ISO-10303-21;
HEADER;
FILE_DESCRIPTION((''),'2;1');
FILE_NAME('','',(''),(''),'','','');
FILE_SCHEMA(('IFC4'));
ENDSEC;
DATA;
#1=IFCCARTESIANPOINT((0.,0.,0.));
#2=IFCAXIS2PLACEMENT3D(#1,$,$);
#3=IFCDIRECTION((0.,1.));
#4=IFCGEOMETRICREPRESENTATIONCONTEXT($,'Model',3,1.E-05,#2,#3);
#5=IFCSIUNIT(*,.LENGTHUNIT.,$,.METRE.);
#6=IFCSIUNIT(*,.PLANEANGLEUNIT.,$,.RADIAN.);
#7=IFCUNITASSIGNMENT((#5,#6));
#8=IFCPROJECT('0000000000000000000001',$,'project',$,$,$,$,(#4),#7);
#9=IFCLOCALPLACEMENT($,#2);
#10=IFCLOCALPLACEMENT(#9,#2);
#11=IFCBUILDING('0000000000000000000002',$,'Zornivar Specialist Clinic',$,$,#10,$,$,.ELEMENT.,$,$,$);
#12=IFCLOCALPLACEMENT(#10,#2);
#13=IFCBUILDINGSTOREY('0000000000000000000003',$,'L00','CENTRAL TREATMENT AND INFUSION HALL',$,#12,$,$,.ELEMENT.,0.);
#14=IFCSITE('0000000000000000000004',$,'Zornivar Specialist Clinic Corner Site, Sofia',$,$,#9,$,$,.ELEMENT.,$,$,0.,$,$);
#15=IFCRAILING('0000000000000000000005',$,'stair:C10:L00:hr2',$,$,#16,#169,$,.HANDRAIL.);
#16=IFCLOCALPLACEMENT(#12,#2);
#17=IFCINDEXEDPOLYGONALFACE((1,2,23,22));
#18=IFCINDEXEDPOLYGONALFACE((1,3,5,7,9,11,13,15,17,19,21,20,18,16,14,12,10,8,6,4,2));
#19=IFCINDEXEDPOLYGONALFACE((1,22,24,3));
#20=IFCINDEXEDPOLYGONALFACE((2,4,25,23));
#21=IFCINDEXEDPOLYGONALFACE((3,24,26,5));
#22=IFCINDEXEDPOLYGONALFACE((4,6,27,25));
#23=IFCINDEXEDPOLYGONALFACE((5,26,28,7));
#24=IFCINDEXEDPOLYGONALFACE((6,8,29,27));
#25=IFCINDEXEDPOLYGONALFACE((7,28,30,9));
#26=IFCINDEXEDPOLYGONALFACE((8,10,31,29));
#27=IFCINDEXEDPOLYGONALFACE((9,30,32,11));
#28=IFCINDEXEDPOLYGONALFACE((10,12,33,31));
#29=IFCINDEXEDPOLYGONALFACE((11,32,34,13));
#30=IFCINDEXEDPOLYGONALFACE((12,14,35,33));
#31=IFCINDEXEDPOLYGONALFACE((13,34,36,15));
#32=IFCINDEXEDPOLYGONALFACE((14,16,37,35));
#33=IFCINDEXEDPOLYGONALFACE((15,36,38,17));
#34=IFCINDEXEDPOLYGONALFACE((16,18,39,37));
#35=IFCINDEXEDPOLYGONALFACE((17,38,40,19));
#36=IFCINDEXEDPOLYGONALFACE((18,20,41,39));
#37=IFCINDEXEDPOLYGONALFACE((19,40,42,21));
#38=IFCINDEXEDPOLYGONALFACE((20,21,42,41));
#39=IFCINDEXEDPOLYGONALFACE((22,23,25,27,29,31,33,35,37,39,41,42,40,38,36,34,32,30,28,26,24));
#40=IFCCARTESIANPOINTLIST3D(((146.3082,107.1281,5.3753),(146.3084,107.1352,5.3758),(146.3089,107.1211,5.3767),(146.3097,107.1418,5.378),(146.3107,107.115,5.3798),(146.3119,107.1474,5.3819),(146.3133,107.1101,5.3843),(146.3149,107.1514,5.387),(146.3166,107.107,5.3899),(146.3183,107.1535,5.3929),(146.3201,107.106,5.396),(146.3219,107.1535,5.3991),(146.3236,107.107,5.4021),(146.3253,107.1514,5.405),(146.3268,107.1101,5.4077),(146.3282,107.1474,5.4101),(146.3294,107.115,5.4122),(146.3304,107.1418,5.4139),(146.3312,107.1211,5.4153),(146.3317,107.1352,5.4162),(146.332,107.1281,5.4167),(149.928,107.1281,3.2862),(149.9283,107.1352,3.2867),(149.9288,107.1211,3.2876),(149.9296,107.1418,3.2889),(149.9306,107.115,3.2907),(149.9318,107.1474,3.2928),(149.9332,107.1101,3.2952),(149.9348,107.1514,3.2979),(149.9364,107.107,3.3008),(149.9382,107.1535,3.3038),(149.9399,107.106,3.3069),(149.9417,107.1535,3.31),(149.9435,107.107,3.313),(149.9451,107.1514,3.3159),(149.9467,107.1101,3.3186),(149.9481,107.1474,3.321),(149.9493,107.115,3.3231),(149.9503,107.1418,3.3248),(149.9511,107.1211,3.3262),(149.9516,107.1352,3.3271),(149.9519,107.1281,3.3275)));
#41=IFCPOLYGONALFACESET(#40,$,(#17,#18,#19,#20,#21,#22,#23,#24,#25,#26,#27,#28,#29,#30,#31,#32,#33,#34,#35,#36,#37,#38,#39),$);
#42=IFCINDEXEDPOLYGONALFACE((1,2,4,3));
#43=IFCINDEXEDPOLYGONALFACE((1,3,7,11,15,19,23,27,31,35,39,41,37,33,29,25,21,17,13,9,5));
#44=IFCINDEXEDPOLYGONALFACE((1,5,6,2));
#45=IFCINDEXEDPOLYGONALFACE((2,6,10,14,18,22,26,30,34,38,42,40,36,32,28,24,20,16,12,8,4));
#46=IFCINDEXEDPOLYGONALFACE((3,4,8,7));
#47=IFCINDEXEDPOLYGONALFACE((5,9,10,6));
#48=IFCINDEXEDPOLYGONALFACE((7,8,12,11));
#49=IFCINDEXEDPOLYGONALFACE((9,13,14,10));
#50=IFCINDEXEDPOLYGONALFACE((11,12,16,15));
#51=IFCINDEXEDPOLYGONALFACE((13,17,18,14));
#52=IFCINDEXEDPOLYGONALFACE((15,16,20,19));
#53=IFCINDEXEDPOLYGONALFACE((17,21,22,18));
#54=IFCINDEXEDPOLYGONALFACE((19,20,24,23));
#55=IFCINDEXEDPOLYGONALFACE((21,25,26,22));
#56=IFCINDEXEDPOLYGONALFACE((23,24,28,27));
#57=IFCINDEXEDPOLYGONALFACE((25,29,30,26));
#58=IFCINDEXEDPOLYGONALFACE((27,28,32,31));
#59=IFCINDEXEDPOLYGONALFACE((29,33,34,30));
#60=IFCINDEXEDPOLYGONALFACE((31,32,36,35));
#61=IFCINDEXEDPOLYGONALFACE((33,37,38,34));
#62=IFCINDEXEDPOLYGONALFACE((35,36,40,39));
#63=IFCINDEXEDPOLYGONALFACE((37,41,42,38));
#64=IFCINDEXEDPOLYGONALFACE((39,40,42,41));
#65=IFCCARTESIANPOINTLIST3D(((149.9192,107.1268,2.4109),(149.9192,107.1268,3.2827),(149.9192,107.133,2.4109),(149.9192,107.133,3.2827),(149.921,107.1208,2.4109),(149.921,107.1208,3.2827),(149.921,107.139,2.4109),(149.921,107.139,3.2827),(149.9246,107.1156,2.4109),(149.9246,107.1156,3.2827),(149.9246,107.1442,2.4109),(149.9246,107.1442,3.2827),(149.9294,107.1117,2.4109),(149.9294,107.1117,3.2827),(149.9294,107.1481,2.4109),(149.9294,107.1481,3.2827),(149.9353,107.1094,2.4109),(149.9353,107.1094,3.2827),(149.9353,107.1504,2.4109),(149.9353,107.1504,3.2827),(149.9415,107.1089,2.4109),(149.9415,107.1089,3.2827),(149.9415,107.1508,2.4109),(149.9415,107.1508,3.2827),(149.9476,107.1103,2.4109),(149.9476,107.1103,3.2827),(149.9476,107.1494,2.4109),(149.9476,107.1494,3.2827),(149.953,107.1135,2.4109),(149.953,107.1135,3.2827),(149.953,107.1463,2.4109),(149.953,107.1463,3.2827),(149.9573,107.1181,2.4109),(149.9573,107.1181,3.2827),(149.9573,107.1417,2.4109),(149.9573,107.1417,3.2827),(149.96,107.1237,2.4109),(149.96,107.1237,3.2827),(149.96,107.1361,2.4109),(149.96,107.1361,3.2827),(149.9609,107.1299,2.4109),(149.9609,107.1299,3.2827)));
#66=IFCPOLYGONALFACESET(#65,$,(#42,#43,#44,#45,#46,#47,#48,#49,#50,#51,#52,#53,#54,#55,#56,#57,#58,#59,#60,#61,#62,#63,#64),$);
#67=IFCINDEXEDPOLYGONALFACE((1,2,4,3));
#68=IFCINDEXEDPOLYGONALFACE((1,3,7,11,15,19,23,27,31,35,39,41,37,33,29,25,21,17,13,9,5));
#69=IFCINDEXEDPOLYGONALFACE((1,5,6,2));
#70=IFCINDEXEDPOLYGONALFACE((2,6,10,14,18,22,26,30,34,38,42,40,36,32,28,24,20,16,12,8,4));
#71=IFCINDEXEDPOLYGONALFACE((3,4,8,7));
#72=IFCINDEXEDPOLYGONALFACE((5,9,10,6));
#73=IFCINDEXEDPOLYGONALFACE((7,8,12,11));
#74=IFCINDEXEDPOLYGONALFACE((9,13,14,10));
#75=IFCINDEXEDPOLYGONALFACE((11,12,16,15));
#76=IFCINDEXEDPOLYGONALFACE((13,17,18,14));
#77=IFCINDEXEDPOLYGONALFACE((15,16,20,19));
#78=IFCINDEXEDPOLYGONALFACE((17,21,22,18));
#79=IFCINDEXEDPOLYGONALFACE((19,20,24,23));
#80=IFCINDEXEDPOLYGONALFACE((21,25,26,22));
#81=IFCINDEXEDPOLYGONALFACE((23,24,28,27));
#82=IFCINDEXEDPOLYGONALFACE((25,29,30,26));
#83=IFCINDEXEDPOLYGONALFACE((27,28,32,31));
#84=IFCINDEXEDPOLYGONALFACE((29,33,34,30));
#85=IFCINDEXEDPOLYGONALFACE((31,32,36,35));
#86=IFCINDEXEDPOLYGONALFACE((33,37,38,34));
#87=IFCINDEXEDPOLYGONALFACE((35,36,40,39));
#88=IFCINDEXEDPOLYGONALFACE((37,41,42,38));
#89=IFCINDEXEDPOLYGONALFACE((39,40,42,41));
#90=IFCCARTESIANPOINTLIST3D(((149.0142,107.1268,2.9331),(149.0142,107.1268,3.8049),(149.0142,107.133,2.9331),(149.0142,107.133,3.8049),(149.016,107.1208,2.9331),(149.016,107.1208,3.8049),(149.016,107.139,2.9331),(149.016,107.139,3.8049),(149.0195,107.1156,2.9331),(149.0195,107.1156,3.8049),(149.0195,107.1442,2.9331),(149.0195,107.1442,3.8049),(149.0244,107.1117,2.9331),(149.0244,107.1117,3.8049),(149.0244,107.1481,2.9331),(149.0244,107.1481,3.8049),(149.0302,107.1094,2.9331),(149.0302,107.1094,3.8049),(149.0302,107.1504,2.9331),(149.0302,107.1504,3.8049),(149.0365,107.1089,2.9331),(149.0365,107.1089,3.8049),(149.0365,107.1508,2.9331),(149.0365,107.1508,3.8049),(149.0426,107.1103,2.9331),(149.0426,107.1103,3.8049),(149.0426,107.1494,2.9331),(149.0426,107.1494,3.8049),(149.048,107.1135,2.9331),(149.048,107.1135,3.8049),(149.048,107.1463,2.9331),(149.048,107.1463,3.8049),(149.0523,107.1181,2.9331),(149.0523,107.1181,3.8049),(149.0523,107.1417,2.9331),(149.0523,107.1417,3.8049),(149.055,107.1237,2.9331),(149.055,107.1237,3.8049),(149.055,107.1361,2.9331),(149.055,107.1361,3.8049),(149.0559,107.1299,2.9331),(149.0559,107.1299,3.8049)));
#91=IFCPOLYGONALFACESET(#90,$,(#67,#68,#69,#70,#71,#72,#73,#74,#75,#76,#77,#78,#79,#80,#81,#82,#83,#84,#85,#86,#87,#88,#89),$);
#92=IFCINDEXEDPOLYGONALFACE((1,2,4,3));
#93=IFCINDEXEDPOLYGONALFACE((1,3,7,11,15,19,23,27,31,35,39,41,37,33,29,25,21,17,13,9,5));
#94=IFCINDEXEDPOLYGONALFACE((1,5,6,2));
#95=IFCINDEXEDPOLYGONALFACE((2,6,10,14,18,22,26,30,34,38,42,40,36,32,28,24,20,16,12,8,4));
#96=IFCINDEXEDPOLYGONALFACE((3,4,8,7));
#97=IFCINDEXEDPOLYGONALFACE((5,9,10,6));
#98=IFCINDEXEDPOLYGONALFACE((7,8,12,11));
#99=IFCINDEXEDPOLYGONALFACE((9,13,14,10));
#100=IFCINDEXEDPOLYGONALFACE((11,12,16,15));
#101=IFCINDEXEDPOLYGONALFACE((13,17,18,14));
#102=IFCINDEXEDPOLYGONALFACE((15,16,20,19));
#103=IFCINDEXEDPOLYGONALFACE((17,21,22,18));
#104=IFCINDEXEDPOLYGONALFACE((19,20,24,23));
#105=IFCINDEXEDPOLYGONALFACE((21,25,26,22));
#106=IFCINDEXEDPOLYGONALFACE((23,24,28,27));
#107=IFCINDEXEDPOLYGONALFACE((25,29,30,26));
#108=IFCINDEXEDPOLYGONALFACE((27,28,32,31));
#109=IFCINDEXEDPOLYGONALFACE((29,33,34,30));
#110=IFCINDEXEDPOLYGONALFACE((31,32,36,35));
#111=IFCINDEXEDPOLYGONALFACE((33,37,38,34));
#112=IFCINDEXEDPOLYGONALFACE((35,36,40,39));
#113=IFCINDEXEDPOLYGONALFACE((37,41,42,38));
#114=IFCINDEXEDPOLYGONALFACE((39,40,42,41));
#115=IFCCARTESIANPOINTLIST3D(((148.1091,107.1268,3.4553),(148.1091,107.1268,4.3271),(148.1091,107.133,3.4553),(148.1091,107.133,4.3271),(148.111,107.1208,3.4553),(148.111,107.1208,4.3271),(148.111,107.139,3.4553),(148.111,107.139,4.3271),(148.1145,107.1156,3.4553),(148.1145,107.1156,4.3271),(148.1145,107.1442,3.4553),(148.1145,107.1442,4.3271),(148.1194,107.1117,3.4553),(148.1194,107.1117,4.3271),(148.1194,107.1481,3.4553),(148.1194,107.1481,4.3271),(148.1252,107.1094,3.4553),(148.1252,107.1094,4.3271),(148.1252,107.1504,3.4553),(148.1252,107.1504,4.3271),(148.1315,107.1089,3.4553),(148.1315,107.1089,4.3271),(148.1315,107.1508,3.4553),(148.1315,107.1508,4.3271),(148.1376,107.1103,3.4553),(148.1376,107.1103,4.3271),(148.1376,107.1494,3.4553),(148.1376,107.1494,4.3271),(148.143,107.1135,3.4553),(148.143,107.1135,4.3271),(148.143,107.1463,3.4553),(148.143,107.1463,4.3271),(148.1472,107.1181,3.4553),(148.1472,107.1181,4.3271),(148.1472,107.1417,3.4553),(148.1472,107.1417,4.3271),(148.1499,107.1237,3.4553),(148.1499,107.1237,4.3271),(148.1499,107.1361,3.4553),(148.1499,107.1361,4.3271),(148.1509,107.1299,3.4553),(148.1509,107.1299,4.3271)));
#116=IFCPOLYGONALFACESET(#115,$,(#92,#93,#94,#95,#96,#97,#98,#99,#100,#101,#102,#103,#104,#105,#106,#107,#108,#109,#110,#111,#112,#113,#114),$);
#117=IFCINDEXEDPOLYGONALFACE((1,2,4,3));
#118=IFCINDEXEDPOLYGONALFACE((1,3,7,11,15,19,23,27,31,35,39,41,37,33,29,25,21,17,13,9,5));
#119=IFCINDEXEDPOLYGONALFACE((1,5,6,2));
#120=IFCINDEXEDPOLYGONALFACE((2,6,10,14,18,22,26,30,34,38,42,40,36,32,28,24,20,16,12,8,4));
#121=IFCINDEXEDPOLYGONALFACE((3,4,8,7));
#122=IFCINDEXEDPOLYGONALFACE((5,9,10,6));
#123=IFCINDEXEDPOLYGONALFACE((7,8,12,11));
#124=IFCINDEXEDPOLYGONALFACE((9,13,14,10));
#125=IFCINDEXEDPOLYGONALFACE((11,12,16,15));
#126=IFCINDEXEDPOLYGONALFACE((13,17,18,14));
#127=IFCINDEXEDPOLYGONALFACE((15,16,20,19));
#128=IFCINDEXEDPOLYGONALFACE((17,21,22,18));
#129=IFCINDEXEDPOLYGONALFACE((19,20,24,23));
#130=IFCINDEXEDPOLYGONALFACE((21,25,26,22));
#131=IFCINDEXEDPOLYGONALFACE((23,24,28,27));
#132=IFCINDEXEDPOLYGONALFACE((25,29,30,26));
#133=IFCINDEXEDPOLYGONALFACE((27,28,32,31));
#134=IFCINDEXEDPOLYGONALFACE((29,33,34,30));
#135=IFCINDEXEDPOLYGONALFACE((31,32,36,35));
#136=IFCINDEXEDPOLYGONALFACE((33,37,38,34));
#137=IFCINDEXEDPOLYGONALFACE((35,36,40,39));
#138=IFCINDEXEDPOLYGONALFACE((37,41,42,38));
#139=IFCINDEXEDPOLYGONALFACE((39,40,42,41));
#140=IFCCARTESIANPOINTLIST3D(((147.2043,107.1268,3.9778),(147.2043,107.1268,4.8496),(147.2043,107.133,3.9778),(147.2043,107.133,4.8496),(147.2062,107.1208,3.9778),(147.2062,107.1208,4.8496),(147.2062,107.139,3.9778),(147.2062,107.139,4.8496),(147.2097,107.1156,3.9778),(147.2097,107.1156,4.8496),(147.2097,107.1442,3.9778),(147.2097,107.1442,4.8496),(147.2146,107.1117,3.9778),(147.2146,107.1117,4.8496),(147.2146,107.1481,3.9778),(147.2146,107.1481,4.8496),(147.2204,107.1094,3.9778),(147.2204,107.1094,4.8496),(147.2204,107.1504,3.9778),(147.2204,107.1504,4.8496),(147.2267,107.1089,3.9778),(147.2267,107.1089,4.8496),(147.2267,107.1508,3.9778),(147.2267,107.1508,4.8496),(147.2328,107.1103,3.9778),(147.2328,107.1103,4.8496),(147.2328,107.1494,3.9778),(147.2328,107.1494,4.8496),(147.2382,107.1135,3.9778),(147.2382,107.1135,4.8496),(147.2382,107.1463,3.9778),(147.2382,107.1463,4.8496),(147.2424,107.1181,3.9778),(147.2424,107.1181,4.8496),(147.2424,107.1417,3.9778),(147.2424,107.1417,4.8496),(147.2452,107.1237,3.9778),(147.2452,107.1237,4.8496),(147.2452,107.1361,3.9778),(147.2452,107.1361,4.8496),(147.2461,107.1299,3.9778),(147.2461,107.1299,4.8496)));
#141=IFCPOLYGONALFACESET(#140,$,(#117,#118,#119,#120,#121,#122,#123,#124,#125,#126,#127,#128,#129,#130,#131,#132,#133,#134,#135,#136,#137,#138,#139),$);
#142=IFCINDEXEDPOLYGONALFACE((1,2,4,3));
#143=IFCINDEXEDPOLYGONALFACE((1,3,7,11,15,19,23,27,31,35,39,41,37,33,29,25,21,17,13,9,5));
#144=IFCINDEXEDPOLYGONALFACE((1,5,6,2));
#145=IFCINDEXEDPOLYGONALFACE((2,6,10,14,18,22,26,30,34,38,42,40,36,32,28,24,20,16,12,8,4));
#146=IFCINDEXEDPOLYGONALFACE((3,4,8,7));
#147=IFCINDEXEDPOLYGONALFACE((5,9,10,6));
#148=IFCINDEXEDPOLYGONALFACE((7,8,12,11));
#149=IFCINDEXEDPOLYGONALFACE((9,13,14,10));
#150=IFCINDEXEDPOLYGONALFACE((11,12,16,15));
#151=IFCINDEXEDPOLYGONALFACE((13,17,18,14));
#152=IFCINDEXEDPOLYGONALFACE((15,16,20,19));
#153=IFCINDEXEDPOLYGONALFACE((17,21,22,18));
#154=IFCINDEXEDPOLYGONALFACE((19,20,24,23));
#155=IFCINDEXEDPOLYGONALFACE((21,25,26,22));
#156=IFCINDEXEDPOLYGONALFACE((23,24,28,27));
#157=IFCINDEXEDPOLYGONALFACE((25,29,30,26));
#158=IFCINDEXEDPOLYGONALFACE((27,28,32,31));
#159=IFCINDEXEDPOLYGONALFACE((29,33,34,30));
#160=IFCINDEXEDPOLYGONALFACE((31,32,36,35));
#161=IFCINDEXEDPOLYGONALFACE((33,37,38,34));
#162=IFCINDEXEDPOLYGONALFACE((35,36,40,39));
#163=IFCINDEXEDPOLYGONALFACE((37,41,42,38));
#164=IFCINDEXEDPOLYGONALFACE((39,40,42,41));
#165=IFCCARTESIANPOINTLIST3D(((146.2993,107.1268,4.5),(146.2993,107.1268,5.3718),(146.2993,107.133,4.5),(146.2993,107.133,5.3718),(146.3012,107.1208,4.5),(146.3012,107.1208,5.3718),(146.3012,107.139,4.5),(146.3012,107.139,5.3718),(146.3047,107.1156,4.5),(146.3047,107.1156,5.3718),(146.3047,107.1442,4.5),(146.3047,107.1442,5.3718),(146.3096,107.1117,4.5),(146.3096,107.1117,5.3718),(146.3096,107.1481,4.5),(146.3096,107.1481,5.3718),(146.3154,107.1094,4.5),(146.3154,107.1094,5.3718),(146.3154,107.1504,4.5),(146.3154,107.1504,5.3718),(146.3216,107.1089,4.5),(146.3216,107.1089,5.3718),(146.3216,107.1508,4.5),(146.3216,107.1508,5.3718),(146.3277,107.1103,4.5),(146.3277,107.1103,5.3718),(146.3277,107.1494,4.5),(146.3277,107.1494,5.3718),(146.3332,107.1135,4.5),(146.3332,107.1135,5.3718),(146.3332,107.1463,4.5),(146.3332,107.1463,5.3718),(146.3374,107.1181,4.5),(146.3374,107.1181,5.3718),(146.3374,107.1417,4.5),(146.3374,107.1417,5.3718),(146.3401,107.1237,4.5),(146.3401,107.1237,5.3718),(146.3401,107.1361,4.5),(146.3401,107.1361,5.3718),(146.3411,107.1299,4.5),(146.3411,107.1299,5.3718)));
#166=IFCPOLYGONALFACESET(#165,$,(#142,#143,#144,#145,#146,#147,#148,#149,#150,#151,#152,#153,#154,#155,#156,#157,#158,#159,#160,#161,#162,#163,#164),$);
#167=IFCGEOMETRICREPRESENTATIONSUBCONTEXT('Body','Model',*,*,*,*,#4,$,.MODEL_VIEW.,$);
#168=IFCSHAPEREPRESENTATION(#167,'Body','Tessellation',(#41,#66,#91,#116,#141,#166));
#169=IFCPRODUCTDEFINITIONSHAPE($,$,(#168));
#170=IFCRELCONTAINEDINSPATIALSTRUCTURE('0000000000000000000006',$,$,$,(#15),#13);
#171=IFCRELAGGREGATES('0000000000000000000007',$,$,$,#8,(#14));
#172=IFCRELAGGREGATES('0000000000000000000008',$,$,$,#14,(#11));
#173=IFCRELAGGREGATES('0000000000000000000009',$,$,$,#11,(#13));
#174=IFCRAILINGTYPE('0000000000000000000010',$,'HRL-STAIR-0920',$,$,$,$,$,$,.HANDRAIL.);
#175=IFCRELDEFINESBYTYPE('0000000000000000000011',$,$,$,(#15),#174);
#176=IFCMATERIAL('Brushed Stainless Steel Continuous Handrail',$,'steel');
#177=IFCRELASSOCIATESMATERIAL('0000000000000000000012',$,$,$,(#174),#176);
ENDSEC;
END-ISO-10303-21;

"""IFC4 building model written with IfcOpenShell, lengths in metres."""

from ifc_helpers import new_model, si_unit, direction, frame, origin, origin_2d, place, context, subcontext, project, spatial, circle, extrude, material, type_object, element, save


model = new_model("IFC4")

# Units and contexts
model_context = context("Model", 3, precision=1e-05, world=origin(), true_north=direction((0.0, 1.0)))
body_context = subcontext(model_context, "Body", "Model", "MODEL_VIEW")
ifc_project = project(units=[si_unit("LENGTHUNIT", "METRE"), si_unit("PLANEANGLEUNIT", "RADIAN")], contexts=[model_context])

# Site, building, storey
site_placement = place(None, origin())
site = spatial("IfcSite", under=ifc_project, at=site_placement, Name="Zornivar Specialist Clinic Corner Site, Sofia", CompositionType="ELEMENT", RefElevation=0.0)
building_placement = place(site_placement, origin())
building = spatial("IfcBuilding", under=site, at=building_placement, Name="Zornivar Specialist Clinic", CompositionType="ELEMENT")
storey_placement = place(building_placement, origin())
storey = spatial("IfcBuildingStorey", under=building, at=storey_placement, Name="L00", Description="CENTRAL TREATMENT AND INFUSION HALL", CompositionType="ELEMENT", Elevation=0.0)

# Railing
ifc_material_1 = material(Name="Brushed Stainless Steel Continuous Handrail", Category="steel")
railing_type_1 = type_object("IfcRailingType", Name="HRL-STAIR-0920", PredefinedType="HANDRAIL", material=ifc_material_1)
railing_1_placement = place(storey_placement, frame((149.9399, 107.1299, 2.4109)))
element("IfcRailing", 1, at=railing_1_placement, inside=storey, type_object=railing_type_1, Name="stair:C10:L00:hr2", PredefinedType="HANDRAIL", context=body_context, shape_type="SweptSolid", body=[
    extrude(circle(Radius=0.0239, at=origin_2d()), frame((0.0, 0.0, 0.896), z_axis=(-0.866111, 0.0, 0.499852), x_axis=(0.0, -1.0, 0.0)), (0.0, 0.0, 1.0), 4.1794),
    extrude(circle(Radius=0.021, at=origin_2d()), origin(), (0.0, 0.0, 1.0), 0.8718),
    extrude(circle(Radius=0.021, at=origin_2d()), frame((-0.905, 0.0, 0.5222)), (0.0, 0.0, 1.0), 0.8718),
    extrude(circle(Radius=0.021, at=origin_2d()), frame((-1.8101, 0.0, 1.0444)), (0.0, 0.0, 1.0), 0.8718),
    extrude(circle(Radius=0.021, at=origin_2d()), frame((-2.7148, 0.0, 1.5669)), (0.0, 0.0, 1.0), 0.8718),
    extrude(circle(Radius=0.021, at=origin_2d()), frame((-3.6199, 0.0, 2.0891)), (0.0, 0.0, 1.0), 0.8718),
])

save(model, "model.ifc")
